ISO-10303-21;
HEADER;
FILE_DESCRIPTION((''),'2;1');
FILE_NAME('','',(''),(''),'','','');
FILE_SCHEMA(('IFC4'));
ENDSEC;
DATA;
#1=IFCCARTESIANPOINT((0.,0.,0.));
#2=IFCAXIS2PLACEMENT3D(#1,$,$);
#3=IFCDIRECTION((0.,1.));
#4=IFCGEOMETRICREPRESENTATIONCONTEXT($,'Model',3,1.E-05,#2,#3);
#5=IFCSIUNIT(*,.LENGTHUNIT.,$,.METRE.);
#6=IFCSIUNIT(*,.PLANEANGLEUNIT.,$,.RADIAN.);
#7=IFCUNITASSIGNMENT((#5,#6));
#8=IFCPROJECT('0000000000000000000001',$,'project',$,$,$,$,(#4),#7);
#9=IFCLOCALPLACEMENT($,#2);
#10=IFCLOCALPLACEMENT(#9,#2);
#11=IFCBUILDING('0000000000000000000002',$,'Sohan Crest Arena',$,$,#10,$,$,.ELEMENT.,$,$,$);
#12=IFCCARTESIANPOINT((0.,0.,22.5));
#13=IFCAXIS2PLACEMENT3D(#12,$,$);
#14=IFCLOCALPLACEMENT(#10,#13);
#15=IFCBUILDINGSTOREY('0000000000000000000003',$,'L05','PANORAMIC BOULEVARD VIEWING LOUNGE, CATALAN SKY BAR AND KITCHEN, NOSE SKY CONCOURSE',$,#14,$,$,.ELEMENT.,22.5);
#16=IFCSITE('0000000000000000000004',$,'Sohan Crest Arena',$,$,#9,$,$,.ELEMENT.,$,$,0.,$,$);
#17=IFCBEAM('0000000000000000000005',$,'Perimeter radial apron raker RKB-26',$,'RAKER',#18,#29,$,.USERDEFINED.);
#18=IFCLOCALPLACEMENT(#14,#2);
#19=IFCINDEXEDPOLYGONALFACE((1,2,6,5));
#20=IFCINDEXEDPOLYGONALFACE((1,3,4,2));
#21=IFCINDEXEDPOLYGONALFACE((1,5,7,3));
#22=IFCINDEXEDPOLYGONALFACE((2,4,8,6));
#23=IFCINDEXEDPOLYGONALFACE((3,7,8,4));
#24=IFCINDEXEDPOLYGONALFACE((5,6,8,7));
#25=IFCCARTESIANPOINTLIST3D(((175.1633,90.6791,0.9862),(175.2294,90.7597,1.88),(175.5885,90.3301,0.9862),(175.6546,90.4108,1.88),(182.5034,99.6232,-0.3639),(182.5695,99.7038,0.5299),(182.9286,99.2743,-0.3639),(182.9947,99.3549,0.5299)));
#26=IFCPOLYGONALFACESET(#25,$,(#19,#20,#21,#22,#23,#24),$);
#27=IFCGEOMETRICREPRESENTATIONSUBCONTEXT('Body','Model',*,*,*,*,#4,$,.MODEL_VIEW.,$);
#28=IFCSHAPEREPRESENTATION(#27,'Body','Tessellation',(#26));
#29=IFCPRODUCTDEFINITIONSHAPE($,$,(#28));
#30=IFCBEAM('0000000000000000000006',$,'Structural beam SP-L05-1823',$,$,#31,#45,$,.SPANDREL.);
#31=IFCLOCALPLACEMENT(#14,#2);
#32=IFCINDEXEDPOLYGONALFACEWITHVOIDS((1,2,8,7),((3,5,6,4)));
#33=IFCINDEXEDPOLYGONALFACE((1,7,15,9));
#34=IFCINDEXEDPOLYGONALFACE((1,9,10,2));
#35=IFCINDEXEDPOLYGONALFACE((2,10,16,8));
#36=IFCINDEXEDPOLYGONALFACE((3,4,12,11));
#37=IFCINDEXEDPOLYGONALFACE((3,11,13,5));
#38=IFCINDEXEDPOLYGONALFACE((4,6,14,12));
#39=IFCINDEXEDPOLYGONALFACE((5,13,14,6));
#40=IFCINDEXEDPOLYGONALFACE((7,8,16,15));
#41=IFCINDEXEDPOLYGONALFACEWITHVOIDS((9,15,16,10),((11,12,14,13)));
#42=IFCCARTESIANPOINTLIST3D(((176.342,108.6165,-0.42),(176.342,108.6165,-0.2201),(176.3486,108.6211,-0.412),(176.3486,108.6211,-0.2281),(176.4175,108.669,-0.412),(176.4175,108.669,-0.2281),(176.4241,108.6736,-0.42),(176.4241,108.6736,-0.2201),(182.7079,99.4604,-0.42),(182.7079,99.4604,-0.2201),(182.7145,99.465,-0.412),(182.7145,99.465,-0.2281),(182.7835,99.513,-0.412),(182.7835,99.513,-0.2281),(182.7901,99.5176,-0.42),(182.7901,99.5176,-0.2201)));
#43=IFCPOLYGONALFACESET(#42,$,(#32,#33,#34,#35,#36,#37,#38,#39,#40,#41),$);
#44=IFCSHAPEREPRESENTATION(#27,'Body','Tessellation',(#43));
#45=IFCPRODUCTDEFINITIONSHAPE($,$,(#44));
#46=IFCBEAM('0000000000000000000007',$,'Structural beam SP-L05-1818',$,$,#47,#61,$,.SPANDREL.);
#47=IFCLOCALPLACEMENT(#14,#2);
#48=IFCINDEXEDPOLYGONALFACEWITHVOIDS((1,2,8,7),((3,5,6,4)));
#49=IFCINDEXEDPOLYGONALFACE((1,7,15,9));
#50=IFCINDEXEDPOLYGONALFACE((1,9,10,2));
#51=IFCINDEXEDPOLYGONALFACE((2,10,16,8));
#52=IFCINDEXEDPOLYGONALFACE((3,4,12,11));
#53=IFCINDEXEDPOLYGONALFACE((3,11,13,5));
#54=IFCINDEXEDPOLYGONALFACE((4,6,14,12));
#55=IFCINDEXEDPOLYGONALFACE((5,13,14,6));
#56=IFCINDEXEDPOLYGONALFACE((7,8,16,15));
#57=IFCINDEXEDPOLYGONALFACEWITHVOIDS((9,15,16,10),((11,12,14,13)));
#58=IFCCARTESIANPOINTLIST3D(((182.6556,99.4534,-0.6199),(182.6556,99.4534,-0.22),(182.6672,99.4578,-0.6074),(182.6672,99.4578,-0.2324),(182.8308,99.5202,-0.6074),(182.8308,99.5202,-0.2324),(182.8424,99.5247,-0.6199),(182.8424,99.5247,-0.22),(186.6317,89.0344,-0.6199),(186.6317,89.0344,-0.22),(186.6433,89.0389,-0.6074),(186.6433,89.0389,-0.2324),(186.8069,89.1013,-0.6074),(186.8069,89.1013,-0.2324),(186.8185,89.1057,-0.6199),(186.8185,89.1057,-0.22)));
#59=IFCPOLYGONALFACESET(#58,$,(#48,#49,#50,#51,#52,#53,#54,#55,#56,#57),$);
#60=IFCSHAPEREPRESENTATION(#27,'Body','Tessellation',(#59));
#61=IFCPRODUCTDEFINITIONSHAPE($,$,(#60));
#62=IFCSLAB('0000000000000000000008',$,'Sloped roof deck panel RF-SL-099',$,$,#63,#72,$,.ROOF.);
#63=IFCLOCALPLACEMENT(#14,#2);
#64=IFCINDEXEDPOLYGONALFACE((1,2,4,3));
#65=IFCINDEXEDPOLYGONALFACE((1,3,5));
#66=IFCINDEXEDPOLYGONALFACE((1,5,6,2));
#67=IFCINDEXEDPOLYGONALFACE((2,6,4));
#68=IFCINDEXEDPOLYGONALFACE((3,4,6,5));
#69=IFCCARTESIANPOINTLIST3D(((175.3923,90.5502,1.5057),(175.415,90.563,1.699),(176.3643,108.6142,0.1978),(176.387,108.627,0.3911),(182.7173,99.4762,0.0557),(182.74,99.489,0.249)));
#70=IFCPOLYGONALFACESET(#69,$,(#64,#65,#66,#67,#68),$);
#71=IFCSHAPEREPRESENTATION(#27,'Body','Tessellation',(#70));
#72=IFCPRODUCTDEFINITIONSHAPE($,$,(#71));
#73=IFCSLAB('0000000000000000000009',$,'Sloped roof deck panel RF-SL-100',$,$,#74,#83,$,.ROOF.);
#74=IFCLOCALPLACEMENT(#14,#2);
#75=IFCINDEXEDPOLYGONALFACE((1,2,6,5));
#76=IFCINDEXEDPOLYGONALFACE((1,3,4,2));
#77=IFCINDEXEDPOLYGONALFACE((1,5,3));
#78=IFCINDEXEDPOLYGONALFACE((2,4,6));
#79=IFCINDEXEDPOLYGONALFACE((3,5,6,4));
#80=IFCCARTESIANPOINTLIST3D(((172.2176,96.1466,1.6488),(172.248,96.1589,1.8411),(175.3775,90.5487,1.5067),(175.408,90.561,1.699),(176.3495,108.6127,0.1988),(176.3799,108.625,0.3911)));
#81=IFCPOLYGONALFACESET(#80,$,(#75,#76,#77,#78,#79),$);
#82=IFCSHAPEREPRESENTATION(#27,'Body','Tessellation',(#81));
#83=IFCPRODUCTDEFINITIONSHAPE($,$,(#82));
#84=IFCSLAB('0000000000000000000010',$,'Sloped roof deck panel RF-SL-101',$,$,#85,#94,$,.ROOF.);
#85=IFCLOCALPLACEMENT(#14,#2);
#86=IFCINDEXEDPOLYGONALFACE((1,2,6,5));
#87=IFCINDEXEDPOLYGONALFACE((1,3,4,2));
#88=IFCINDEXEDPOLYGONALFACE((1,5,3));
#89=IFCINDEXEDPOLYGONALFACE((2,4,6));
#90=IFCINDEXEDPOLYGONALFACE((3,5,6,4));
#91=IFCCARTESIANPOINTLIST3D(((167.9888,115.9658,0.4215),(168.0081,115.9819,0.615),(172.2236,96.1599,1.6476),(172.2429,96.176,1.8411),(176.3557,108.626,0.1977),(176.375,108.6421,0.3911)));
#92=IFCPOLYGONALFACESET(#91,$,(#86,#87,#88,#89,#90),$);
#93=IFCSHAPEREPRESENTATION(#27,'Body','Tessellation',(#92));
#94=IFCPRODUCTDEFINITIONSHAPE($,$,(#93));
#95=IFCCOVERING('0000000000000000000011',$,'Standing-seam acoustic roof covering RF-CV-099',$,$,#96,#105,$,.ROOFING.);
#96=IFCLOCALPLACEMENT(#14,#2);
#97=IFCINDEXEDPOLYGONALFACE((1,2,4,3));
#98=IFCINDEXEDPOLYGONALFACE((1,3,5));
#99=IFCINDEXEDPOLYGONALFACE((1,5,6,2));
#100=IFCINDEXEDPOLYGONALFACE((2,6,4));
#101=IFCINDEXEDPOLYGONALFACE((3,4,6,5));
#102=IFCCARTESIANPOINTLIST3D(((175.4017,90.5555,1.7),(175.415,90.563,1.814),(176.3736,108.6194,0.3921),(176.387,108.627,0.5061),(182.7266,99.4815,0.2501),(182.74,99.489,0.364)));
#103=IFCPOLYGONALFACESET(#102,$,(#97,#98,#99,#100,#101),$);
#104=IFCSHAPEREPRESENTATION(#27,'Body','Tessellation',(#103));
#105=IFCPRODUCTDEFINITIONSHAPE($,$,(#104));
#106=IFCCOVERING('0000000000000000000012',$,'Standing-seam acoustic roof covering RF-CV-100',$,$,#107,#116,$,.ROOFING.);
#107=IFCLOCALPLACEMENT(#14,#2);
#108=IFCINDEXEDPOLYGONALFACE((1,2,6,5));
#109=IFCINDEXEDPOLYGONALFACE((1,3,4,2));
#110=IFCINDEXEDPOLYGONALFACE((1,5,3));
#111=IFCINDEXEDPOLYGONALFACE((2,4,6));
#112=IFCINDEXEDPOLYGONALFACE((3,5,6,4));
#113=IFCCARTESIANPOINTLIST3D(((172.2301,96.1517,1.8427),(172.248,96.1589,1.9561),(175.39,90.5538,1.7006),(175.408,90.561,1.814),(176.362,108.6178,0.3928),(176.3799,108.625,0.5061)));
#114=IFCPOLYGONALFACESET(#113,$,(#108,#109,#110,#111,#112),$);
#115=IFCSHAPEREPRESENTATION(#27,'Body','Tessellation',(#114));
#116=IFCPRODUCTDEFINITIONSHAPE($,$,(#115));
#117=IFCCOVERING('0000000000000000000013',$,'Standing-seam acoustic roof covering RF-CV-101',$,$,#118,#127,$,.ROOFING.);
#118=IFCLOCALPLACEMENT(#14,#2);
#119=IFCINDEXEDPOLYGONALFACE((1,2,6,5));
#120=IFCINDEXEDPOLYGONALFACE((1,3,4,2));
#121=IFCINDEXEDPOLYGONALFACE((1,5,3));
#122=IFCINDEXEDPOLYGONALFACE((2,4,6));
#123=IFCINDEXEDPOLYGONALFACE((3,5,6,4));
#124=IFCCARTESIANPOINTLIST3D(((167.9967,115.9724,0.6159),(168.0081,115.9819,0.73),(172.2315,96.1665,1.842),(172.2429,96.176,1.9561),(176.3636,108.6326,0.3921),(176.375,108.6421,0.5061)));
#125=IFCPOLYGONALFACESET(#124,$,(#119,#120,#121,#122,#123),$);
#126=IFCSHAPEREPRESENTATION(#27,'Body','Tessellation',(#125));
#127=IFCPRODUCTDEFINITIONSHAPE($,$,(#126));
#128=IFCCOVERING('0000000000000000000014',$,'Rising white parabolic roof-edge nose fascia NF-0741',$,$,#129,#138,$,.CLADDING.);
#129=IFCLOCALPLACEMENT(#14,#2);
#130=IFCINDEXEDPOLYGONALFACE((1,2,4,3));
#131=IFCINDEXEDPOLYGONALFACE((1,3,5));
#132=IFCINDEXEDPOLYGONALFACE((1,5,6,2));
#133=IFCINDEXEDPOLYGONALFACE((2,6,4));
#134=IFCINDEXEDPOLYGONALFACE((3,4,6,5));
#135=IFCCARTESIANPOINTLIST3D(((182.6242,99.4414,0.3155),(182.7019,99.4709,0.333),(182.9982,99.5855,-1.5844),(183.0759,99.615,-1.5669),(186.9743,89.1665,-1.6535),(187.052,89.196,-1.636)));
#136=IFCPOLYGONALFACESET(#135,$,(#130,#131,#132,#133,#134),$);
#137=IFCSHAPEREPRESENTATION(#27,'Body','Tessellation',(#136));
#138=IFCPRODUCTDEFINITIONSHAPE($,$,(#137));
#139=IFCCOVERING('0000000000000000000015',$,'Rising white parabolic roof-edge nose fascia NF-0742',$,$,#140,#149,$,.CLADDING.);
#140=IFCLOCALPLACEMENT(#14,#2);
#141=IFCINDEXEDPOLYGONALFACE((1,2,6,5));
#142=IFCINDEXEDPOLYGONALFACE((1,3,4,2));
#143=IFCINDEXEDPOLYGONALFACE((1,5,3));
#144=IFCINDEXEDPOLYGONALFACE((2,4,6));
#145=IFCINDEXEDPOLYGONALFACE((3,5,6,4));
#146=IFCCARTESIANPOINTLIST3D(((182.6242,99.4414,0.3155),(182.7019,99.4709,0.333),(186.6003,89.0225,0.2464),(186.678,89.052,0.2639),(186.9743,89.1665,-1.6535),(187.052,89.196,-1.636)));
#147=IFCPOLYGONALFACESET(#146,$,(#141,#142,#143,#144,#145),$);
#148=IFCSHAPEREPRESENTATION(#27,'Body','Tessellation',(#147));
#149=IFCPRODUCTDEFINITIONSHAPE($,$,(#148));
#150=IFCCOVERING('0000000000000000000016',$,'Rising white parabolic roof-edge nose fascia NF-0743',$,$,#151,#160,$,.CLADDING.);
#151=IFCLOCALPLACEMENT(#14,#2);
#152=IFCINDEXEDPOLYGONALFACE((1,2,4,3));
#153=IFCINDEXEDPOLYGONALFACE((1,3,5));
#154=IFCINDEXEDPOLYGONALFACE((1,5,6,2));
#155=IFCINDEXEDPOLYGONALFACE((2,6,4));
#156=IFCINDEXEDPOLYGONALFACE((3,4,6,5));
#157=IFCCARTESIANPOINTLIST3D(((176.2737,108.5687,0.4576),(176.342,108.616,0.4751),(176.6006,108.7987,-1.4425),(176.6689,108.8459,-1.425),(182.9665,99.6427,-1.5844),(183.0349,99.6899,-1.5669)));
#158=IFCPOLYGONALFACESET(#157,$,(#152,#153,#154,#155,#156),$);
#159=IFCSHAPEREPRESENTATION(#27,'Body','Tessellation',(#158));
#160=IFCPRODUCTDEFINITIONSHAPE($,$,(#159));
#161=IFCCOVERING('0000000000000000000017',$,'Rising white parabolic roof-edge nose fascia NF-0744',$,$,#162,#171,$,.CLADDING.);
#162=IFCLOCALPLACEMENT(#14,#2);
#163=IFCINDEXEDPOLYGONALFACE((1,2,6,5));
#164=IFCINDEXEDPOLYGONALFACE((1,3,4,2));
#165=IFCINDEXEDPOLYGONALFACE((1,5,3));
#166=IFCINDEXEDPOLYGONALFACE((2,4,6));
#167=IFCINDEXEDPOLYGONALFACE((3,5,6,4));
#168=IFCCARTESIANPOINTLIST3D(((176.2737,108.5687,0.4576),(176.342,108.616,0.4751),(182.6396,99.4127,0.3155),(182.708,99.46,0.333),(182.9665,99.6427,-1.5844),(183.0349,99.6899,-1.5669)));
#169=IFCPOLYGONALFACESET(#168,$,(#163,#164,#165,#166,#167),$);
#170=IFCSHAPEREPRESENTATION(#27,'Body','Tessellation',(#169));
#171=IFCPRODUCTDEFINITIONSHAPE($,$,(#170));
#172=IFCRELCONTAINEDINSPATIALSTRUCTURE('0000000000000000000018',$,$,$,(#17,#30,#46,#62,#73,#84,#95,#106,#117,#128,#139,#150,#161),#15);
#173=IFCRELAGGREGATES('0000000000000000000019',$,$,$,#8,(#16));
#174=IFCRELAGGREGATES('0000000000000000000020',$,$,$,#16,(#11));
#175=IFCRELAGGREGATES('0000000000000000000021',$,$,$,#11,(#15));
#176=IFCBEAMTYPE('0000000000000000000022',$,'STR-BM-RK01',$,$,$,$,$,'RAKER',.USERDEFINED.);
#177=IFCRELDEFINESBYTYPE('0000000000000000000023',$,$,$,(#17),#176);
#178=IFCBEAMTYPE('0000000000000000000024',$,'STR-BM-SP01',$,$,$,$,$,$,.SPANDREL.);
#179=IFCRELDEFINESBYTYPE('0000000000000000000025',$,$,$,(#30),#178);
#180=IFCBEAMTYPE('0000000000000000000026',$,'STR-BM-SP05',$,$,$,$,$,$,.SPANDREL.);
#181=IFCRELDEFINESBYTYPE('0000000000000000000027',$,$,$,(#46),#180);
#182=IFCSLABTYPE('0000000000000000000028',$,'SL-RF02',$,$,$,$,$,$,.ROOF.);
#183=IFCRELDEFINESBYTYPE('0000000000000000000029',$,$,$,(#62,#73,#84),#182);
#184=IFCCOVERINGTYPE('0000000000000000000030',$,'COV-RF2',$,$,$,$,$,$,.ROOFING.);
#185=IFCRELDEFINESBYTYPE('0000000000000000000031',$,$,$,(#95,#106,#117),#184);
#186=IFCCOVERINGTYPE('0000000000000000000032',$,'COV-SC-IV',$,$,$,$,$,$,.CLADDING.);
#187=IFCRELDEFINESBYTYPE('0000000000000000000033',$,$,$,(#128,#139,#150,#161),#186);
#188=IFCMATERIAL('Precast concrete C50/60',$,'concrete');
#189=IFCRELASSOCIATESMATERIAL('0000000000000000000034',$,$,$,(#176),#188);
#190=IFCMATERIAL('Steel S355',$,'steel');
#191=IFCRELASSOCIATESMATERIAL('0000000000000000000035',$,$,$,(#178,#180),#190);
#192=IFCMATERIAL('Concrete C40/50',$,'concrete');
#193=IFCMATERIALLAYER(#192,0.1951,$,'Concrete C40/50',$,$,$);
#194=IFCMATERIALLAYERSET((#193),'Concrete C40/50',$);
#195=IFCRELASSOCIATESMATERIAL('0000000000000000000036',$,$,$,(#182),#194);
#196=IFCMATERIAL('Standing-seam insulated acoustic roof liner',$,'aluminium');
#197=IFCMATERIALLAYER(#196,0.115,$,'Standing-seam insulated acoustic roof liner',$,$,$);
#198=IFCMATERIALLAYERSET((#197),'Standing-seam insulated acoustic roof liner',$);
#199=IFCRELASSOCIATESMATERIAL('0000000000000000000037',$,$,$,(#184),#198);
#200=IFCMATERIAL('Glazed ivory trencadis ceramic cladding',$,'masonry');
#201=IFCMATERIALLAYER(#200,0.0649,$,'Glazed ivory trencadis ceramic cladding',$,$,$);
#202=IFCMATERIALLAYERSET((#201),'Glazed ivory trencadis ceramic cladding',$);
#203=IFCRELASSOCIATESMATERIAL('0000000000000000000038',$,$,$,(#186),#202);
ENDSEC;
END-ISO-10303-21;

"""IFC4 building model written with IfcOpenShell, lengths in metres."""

from ifc_helpers import new_model, si_unit, direction, frame, origin, origin_2d, place, context, subcontext, project, spatial, polyline, rectangle, hollow_rectangle, outline, extrude, material, layer, layer_set, material_profile, profile_set, type_object, element, save


model = new_model("IFC4")

# Units and contexts
model_context = context("Model", 3, precision=1e-05, world=origin(), true_north=direction((0.0, 1.0)))
body_context = subcontext(model_context, "Body", "Model", "MODEL_VIEW")
ifc_project = project(units=[si_unit("LENGTHUNIT", "METRE"), si_unit("PLANEANGLEUNIT", "RADIAN")], contexts=[model_context])

# Site, building, storey
site_placement = place(None, origin())
site = spatial("IfcSite", under=ifc_project, at=site_placement, Name="Sohan Crest Arena", CompositionType="ELEMENT", RefElevation=0.0)
building_placement = place(site_placement, origin())
building = spatial("IfcBuilding", under=site, at=building_placement, Name="Sohan Crest Arena", CompositionType="ELEMENT")
storey_placement = place(building_placement, frame((0.0, 0.0, 22.5)))
storey = spatial("IfcBuildingStorey", under=building, at=storey_placement, Name="L05", Description="PANORAMIC BOULEVARD VIEWING LOUNGE, CATALAN SKY BAR AND KITCHEN, NOSE SKY CONCOURSE", CompositionType="ELEMENT", Elevation=22.5)

# Shared definitions
ifc_material_1 = material(Name="Concrete C40/50", Category="concrete")

# Beams
ifc_material_2 = material(Name="Steel S355", Category="steel")
ifc_material_3 = material(Name="Precast concrete C50/60", Category="concrete")
ifc_material_profile_1 = material_profile(ifc_material_3, rectangle(XDim=0.55, YDim=0.8999, at=origin_2d()), Name="RAKER 550x900")
ifc_profile_set_1 = profile_set([ifc_material_profile_1], Name="Precast concrete C50/60")
beam_type_1 = type_object("IfcBeamType", Name="STR-BM-RK01", ElementType="RAKER", PredefinedType="USERDEFINED", material=ifc_profile_set_1)
beam_1_placement = place(storey_placement, frame((175.4089, 90.5449, 1.4331), z_axis=(0.630111, 0.767807, -0.115899), x_axis=(-0.773016, 0.634386, 0.0)))
element("IfcBeam", 1, at=beam_1_placement, inside=storey, type_object=beam_type_1, Name="Perimeter radial apron raker RKB-26", ObjectType="RAKER", PredefinedType="USERDEFINED", context=body_context, shape_type="SweptSolid", body=[
    extrude(rectangle(XDim=0.55, YDim=0.8999, at=origin_2d()), origin(), (0.0, 0.0, 1.0), 11.6489),
])
ifc_material_profile_2 = material_profile(ifc_material_2, hollow_rectangle(XDim=0.1001, YDim=0.2, WallThickness=0.0081, at=origin_2d()), Name="RHS 200x100x8")
ifc_profile_set_2 = profile_set([ifc_material_profile_2], Name="Steel S355")
beam_type_2 = type_object("IfcBeamType", Name="STR-BM-SP01", PredefinedType="SPANDREL", material=ifc_profile_set_2)
beam_2_placement = place(storey_placement, frame((182.749, 99.489, -0.3201), z_axis=(-0.570857, 0.821049, 0.0), x_axis=(-0.821049, -0.570857, 0.0)))
element("IfcBeam", 2, at=beam_2_placement, inside=storey, type_object=beam_type_2, Name="Structural beam SP-L05-1823", PredefinedType="SPANDREL", context=body_context, shape_type="SweptSolid", body=[
    extrude(hollow_rectangle(XDim=0.1001, YDim=0.2, WallThickness=0.0081, at=origin_2d()), origin(), (0.0, 0.0, 1.0), 11.1516),
])
ifc_material_profile_3 = material_profile(ifc_material_2, hollow_rectangle(XDim=0.2, YDim=0.3999, WallThickness=0.0125, at=origin_2d()), Name="RHS 400x200x12.5")
ifc_profile_set_3 = profile_set([ifc_material_profile_3], Name="Steel S355")
beam_type_3 = type_object("IfcBeamType", Name="STR-BM-SP05", PredefinedType="SPANDREL", material=ifc_profile_set_3)
beam_3_placement = place(storey_placement, frame((186.7251, 89.0701, -0.4199), z_axis=(-0.35654, 0.93428, 0.0), x_axis=(-0.93428, -0.35654, 0.0)))
element("IfcBeam", 3, at=beam_3_placement, inside=storey, type_object=beam_type_3, Name="Structural beam SP-L05-1818", PredefinedType="SPANDREL", context=body_context, shape_type="SweptSolid", body=[
    extrude(hollow_rectangle(XDim=0.2, YDim=0.3999, WallThickness=0.0125, at=origin_2d()), origin(), (0.0, 0.0, 1.0), 11.1519),
])

# Slabs
ifc_layer_1 = layer(ifc_material_1, 0.1951, Name="Concrete C40/50")
ifc_layer_set_1 = layer_set([ifc_layer_1], Name="Concrete C40/50")
slab_type = type_object("IfcSlabType", Name="SL-RF02", PredefinedType="ROOF", material=ifc_layer_set_1)
slab_1_placement = place(storey_placement, frame((175.415, 90.563, 1.699), z_axis=(0.116367, 0.065492, 0.991045), x_axis=(0.629427, 0.767006, -0.124593)))
element("IfcSlab", 4, at=slab_1_placement, inside=storey, type_object=slab_type, Name="Sloped roof deck panel RF-SL-099", PredefinedType="ROOF", context=body_context, shape_type="SweptSolid", body=[
    extrude(outline(polyline([(0.0, 0.0), (11.6375, 0.0), (14.6299, 10.7205), (0.0, 0.0)])), origin(), (0.0, 0.0, -1.0), 0.1951),
])
slab_2_placement = place(storey_placement, frame((175.408, 90.561, 1.699), z_axis=(0.155902, 0.062983, 0.985762), x_axis=(0.053587, 0.995956, -0.072109)))
element("IfcSlab", 5, at=slab_2_placement, inside=storey, type_object=slab_type, Name="Sloped roof deck panel RF-SL-100", PredefinedType="ROOF", context=body_context, shape_type="SweptSolid", body=[
    extrude(outline(polyline([(0.0, 0.0), (18.1373, 0.0), (5.3957, 3.4969), (0.0, 0.0)])), origin(), (0.0, 0.0, -1.0), 0.1951),
])
slab_3_placement = place(storey_placement, frame((172.2429, 96.176, 1.8411), z_axis=(0.098946, 0.082545, 0.991663), x_axis=(0.312732, 0.943481, -0.109738)))
element("IfcSlab", 6, at=slab_3_placement, inside=storey, type_object=slab_type, Name="Sloped roof deck panel RF-SL-101", PredefinedType="ROOF", context=body_context, shape_type="SweptSolid", body=[
    extrude(outline(polyline([(0.0, 0.0), (13.2128, 0.0), (17.4967, 10.2751), (0.0, 0.0)])), origin(), (0.0, 0.0, -1.0), 0.1951),
])

# Coverings
ifc_material_4 = material(Name="Standing-seam insulated acoustic roof liner", Category="aluminium")
ifc_layer_2 = layer(ifc_material_4, 0.115, Name="Standing-seam insulated acoustic roof liner")
ifc_layer_set_2 = layer_set([ifc_layer_2], Name="Standing-seam insulated acoustic roof liner")
covering_type_1 = type_object("IfcCoveringType", Name="COV-RF2", PredefinedType="ROOFING", material=ifc_layer_set_2)
covering_1_placement = place(storey_placement, frame((175.415, 90.563, 1.814), z_axis=(0.116367, 0.065492, 0.991045), x_axis=(0.629427, 0.767006, -0.124593)))
element("IfcCovering", 7, at=covering_1_placement, inside=storey, type_object=covering_type_1, Name="Standing-seam acoustic roof covering RF-CV-099", PredefinedType="ROOFING", context=body_context, shape_type="SweptSolid", body=[
    extrude(outline(polyline([(0.0, 0.0), (11.6375, 0.0), (14.6299, 10.7205), (0.0, 0.0)])), origin(), (0.0, 0.0, -1.0), 0.115),
])
covering_2_placement = place(storey_placement, frame((175.408, 90.561, 1.814), z_axis=(0.155902, 0.062983, 0.985762), x_axis=(0.053587, 0.995956, -0.072109)))
element("IfcCovering", 8, at=covering_2_placement, inside=storey, type_object=covering_type_1, Name="Standing-seam acoustic roof covering RF-CV-100", PredefinedType="ROOFING", context=body_context, shape_type="SweptSolid", body=[
    extrude(outline(polyline([(0.0, 0.0), (18.1373, 0.0), (5.3957, 3.4969), (0.0, 0.0)])), origin(), (0.0, 0.0, -1.0), 0.115),
])
covering_3_placement = place(storey_placement, frame((172.2429, 96.176, 1.9561), z_axis=(0.098946, 0.082545, 0.991663), x_axis=(0.312732, 0.943481, -0.109738)))
element("IfcCovering", 9, at=covering_3_placement, inside=storey, type_object=covering_type_1, Name="Standing-seam acoustic roof covering RF-CV-101", PredefinedType="ROOFING", context=body_context, shape_type="SweptSolid", body=[
    extrude(outline(polyline([(0.0, 0.0), (13.2128, 0.0), (17.4967, 10.2751), (0.0, 0.0)])), origin(), (0.0, 0.0, -1.0), 0.115),
])
ifc_material_5 = material(Name="Glazed ivory trencadis ceramic cladding", Category="masonry")
ifc_layer_3 = layer(ifc_material_5, 0.0649, Name="Glazed ivory trencadis ceramic cladding")
ifc_layer_set_3 = layer_set([ifc_layer_3], Name="Glazed ivory trencadis ceramic cladding")
covering_type_2 = type_object("IfcCoveringType", Name="COV-SC-IV", PredefinedType="CLADDING", material=ifc_layer_set_3)
covering_4_placement = place(storey_placement, frame((187.052, 89.196, -1.636), z_axis=(0.914615, 0.347666, 0.206414), x_axis=(-0.356533, 0.934262, 0.006195)))
element("IfcCovering", 10, at=covering_4_placement, inside=storey, type_object=covering_type_2, Name="Rising white parabolic roof-edge nose fascia NF-0741", PredefinedType="CLADDING", context=body_context, shape_type="SweptSolid", body=[
    extrude(outline(polyline([(0.0, 0.0), (11.1521, 0.0), (11.1626, 1.9417), (0.0, 0.0)])), origin(), (0.0, 0.0, -1.0), 0.085),
])
covering_5_placement = place(storey_placement, frame((187.052, 89.196, -1.636), z_axis=(0.914615, 0.347666, 0.206414), x_axis=(-0.383938, 0.906858, 0.173783)))
element("IfcCovering", 11, at=covering_5_placement, inside=storey, type_object=covering_type_2, Name="Rising white parabolic roof-edge nose fascia NF-0742", PredefinedType="CLADDING", context=body_context, shape_type="SweptSolid", body=[
    extrude(outline(polyline([(0.0, 0.0), (11.3302, 0.0), (0.3431, 1.9112), (0.0, 0.0)])), origin(), (0.0, 0.0, -1.0), 0.085),
])
covering_6_placement = place(storey_placement, frame((183.0349, 99.6899, -1.5669), z_axis=(0.804959, 0.556481, 0.205839), x_axis=(-0.570811, 0.820983, 0.012719)))
element("IfcCovering", 12, at=covering_6_placement, inside=storey, type_object=covering_type_2, Name="Rising white parabolic roof-edge nose fascia NF-0743", PredefinedType="CLADDING", context=body_context, shape_type="SweptSolid", body=[
    extrude(outline(polyline([(0.0, 0.0), (11.1525, 0.0), (11.1745, 1.9416), (0.0, 0.0)])), origin(), (0.0, 0.0, -1.0), 0.085),
])
covering_7_placement = place(storey_placement, frame((183.0349, 99.6899, -1.5669), z_axis=(0.804957, 0.556474, 0.205864), x_axis=(-0.590103, 0.786997, 0.18004)))
element("IfcCovering", 13, at=covering_7_placement, inside=storey, type_object=covering_type_2, Name="Rising white parabolic roof-edge nose fascia NF-0744", PredefinedType="CLADDING", context=body_context, shape_type="SweptSolid", body=[
    extrude(outline(polyline([(0.0, 0.0), (11.3419, 0.0), (0.354, 1.909), (0.0, 0.0)])), origin(), (0.0, 0.0, -1.0), 0.085),
])

save(model, "model.ifc")
